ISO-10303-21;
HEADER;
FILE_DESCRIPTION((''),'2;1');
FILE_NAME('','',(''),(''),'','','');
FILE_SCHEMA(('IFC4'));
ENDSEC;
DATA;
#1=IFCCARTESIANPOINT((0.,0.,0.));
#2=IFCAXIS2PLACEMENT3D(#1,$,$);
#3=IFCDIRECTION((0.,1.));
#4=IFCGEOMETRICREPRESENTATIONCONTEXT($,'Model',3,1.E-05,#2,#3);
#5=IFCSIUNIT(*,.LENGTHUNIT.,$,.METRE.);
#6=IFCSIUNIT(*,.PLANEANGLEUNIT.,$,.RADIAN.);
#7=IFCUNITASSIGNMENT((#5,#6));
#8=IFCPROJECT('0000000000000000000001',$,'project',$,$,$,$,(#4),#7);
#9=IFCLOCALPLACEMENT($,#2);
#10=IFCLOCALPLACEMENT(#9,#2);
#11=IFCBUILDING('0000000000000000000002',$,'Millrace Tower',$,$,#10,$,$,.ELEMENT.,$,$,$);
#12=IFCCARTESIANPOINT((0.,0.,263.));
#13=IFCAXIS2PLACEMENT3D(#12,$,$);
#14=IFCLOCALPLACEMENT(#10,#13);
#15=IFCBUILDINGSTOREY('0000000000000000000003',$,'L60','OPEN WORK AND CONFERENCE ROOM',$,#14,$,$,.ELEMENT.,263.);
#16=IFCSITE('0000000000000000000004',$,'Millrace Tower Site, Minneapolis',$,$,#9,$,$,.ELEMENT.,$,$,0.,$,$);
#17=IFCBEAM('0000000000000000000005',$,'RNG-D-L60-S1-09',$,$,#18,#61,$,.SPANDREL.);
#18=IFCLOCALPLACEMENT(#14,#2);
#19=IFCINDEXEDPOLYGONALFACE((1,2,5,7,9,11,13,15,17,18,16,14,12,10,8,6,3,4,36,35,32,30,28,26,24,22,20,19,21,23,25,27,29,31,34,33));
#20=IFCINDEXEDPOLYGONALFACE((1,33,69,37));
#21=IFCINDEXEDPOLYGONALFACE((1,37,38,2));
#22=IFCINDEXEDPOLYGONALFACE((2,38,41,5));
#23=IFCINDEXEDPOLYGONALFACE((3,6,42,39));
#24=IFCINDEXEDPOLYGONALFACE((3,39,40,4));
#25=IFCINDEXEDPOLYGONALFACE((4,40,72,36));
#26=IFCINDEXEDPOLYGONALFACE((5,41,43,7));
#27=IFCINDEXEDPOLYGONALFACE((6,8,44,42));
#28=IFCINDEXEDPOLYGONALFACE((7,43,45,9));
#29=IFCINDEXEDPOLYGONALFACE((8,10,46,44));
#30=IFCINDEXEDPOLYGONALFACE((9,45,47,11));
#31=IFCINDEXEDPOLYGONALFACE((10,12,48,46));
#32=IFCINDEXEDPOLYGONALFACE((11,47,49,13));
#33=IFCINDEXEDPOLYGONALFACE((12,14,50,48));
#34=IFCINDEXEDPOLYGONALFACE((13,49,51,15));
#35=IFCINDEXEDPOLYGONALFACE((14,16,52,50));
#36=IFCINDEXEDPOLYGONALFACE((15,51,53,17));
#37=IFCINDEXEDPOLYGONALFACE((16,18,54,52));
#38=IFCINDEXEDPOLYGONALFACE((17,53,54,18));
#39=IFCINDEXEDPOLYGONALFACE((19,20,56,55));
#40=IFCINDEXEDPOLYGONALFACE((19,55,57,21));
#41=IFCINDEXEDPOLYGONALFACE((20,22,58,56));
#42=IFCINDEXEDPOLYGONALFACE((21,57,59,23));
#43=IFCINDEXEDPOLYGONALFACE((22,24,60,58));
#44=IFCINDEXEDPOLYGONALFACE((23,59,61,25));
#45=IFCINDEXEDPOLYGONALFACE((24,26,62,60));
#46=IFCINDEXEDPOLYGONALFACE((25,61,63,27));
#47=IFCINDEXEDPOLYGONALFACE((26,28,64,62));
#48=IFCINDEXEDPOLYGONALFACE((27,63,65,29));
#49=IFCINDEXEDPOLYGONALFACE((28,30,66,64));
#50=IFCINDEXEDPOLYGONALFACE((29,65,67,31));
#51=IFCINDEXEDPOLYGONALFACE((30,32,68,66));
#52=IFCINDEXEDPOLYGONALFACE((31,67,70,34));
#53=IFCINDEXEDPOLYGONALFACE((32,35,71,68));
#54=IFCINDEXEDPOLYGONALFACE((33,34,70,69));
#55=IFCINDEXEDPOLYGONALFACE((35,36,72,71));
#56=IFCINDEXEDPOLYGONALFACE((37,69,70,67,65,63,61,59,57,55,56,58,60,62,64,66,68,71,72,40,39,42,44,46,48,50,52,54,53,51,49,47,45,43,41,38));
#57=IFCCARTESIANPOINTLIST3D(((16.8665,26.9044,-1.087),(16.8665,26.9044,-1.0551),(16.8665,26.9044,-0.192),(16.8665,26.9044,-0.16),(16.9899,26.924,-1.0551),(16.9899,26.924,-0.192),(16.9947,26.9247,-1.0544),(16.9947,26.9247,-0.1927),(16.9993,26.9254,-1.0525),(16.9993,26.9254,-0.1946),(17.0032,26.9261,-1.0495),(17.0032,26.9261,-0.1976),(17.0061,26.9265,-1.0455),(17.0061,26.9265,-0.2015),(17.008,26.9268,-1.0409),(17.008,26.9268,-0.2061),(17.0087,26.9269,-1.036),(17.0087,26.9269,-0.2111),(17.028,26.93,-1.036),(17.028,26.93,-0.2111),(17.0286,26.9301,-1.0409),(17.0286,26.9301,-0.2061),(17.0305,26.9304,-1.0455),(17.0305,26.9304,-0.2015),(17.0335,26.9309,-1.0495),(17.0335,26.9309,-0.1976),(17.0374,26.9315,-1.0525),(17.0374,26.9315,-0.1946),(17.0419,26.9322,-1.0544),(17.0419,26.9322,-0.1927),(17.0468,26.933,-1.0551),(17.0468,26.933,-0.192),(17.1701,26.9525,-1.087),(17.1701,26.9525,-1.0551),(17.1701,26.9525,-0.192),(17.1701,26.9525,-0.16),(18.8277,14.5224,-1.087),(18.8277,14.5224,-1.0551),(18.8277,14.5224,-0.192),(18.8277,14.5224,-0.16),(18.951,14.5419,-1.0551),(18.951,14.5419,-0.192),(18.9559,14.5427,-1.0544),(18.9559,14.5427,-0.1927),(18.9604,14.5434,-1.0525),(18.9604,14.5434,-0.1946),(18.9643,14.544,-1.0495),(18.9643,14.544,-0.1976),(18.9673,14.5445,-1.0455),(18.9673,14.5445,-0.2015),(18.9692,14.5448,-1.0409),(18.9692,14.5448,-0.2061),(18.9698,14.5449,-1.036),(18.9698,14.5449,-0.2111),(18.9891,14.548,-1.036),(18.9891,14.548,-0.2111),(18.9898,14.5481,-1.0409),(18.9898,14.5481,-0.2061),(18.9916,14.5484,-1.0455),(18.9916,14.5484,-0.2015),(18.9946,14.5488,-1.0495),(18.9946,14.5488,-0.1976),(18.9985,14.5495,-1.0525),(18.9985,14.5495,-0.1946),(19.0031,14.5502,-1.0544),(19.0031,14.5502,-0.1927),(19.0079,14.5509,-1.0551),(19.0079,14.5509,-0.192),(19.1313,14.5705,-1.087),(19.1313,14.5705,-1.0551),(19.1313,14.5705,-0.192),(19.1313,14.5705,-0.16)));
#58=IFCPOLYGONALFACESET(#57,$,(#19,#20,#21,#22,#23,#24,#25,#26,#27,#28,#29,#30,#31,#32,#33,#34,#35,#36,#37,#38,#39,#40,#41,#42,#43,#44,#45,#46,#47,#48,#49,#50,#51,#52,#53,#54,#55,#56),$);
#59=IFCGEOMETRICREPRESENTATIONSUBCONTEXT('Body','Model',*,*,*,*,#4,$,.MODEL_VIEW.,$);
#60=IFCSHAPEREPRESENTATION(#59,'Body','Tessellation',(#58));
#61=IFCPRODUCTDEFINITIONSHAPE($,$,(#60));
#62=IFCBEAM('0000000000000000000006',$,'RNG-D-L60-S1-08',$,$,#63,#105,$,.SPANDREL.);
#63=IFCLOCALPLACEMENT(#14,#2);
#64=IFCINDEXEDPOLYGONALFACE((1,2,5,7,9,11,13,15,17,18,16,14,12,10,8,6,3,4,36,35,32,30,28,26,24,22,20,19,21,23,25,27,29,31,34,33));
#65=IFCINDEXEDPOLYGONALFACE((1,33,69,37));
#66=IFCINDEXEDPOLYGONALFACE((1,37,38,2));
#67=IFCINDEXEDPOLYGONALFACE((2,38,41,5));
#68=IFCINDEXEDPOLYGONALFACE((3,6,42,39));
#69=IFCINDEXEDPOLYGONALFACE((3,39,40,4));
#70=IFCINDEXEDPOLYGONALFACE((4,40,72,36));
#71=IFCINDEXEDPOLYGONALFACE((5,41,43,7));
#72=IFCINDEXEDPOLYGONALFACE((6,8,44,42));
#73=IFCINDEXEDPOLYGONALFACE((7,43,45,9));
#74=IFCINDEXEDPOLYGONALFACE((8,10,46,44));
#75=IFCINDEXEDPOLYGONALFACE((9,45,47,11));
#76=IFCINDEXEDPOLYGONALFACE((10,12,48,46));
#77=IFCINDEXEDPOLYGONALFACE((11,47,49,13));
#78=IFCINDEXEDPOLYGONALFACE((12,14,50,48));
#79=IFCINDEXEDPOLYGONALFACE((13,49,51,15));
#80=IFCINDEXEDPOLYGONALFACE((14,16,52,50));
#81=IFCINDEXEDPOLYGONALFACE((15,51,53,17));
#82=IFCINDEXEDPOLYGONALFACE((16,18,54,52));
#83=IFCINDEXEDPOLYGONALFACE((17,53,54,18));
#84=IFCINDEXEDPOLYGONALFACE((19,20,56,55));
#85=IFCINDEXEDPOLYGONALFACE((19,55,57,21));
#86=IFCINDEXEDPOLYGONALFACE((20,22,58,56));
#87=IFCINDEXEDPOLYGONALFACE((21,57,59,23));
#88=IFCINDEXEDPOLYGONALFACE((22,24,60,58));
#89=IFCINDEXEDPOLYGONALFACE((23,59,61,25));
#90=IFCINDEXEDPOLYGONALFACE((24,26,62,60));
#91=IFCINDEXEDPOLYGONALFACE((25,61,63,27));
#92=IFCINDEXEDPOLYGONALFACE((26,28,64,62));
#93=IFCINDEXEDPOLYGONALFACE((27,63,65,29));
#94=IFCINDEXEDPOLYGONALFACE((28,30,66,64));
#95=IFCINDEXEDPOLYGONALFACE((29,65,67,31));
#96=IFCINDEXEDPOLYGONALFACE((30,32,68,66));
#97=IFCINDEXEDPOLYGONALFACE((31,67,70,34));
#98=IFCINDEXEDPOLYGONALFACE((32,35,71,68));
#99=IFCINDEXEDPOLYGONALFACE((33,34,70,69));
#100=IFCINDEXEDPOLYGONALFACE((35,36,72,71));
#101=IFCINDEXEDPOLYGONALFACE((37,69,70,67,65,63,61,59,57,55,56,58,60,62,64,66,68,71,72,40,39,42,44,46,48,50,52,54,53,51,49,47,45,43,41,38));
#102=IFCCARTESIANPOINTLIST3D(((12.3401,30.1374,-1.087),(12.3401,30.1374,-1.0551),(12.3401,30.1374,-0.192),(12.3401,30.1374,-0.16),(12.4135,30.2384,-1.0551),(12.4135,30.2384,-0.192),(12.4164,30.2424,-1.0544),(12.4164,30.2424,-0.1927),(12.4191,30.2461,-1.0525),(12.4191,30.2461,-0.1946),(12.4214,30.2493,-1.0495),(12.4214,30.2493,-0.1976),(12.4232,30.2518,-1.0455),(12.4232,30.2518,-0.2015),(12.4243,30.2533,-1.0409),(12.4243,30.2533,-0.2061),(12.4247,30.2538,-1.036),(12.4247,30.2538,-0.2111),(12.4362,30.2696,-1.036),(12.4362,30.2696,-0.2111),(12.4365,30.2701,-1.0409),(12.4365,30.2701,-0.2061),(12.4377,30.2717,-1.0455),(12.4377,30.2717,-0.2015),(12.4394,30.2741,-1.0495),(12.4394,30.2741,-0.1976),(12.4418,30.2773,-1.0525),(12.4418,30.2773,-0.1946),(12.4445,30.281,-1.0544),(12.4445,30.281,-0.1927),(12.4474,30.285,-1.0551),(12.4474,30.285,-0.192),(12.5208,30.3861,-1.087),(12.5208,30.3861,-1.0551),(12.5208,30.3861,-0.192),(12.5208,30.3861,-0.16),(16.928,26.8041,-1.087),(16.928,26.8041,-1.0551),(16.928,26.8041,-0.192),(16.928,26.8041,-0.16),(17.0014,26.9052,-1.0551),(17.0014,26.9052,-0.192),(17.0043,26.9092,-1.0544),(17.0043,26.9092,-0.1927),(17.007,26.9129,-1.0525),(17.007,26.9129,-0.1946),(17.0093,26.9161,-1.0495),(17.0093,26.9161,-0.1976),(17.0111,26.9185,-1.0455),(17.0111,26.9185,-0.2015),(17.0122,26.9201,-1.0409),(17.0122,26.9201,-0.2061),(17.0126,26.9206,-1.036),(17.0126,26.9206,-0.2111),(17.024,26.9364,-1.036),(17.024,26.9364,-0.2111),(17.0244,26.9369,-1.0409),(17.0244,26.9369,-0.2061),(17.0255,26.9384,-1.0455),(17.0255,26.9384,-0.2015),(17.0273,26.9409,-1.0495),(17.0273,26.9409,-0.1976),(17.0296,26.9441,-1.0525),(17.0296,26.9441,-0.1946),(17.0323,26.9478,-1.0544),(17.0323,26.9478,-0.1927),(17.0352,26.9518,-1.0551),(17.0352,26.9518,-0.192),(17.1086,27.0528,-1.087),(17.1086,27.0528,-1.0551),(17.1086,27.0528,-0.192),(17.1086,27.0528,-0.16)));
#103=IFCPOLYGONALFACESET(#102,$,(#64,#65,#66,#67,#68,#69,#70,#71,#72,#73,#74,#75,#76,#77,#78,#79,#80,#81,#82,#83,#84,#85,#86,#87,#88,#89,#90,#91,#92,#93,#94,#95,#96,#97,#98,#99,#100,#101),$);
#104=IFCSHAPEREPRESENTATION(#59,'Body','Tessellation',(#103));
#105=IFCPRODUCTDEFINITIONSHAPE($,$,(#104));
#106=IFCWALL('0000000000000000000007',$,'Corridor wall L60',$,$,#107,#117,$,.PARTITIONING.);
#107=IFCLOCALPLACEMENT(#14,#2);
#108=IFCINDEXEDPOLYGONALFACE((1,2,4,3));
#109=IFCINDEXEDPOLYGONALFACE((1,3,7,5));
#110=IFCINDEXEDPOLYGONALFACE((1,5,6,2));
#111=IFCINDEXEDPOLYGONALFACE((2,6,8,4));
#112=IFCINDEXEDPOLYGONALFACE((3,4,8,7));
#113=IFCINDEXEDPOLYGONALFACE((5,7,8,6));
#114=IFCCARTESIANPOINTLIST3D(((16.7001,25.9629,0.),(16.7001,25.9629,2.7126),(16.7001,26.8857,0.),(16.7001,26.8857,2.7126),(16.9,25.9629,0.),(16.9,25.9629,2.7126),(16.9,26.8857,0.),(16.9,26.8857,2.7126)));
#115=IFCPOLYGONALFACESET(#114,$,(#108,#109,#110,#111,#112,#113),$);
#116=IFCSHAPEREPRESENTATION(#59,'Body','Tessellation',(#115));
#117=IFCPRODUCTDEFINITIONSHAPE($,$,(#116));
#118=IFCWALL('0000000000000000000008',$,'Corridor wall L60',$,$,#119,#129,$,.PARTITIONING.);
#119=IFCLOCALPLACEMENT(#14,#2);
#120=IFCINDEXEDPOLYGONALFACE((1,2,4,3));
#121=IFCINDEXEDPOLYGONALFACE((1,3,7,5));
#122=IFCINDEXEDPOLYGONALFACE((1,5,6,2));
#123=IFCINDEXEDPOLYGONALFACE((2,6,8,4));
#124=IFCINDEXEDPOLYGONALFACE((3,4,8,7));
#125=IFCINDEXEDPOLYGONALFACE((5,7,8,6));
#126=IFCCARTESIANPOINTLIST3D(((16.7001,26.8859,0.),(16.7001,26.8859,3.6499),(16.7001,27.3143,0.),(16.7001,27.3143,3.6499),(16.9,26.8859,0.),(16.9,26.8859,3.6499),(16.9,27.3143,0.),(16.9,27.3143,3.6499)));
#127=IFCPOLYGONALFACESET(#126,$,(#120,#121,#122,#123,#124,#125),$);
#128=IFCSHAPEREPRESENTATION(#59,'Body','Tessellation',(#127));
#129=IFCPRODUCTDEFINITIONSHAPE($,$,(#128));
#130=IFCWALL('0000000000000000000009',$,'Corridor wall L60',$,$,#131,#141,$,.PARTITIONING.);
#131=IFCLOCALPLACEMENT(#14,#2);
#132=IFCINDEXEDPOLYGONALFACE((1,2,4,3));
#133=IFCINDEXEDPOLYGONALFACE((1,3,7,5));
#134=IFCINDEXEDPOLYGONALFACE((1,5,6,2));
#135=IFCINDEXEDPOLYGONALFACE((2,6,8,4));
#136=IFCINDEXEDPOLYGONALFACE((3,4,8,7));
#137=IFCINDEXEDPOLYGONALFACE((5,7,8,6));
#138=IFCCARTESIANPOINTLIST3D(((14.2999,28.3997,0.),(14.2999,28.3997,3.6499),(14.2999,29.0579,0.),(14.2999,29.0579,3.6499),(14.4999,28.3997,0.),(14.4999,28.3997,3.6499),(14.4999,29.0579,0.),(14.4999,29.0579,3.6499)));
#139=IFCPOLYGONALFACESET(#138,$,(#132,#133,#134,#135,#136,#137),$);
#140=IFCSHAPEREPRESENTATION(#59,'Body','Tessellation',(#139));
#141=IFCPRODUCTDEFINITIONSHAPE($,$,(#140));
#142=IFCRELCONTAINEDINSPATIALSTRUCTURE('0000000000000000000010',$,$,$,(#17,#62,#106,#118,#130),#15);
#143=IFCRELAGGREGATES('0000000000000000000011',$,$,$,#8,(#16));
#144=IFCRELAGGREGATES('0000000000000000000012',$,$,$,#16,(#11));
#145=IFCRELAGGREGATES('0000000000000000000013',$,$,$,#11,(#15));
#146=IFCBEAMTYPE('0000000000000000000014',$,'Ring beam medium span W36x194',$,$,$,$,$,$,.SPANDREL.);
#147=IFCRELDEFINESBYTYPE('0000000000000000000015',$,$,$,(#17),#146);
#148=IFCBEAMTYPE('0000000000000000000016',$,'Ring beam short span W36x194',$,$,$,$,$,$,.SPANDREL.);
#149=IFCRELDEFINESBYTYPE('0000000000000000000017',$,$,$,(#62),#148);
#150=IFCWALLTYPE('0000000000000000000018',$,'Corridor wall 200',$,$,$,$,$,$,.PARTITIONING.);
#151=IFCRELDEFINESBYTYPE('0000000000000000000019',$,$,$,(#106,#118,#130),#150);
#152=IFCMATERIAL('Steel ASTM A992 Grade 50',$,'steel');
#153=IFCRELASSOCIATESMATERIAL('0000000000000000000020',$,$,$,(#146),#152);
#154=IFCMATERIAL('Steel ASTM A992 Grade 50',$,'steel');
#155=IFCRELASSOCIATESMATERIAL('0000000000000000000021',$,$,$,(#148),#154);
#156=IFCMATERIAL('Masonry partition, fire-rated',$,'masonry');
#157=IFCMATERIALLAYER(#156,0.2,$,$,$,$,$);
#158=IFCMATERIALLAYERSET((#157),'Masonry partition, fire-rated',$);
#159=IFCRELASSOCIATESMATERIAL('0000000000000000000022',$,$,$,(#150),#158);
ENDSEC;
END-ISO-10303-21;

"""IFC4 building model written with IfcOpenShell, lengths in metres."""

from ifc_helpers import new_model, si_unit, direction, frame, frame_2d, origin, origin_2d, place, context, subcontext, project, spatial, rectangle, i_section, extrude, material, layer, layer_set, material_profile, profile_set, type_object, element, save


model = new_model("IFC4")

# Units and contexts
model_context = context("Model", 3, precision=1e-05, world=origin(), true_north=direction((0.0, 1.0)))
body_context = subcontext(model_context, "Body", "Model", "MODEL_VIEW")
ifc_project = project(units=[si_unit("LENGTHUNIT", "METRE"), si_unit("PLANEANGLEUNIT", "RADIAN")], contexts=[model_context])

# Site, building, storey
site_placement = place(None, origin())
site = spatial("IfcSite", under=ifc_project, at=site_placement, Name="Millrace Tower Site, Minneapolis", CompositionType="ELEMENT", RefElevation=0.0)
building_placement = place(site_placement, origin())
building = spatial("IfcBuilding", under=site, at=building_placement, Name="Millrace Tower", CompositionType="ELEMENT")
storey_placement = place(building_placement, frame((0.0, 0.0, 263.0)))
storey = spatial("IfcBuildingStorey", under=building, at=storey_placement, Name="L60", Description="OPEN WORK AND CONFERENCE ROOM", CompositionType="ELEMENT", Elevation=263.0)

# Beams
ifc_material_1 = material(Name="Steel ASTM A992 Grade 50", Category="steel")
ifc_material_profile_1 = material_profile(ifc_material_1, i_section(OverallWidth=0.3074, OverallDepth=0.927, WebThickness=0.0195, FlangeThickness=0.032, FilletRadius=0.019, at=origin_2d()))
ifc_profile_set_1 = profile_set([ifc_material_profile_1], Name="Steel ASTM A992 Grade 50")
beam_type_1 = type_object("IfcBeamType", Name="Ring beam medium span W36x194", PredefinedType="SPANDREL", material=ifc_profile_set_1)
beam_1_placement = place(storey_placement, frame((17.0183, 26.9285, -0.6235), z_axis=(0.156439, -0.987688, 0.0), x_axis=(0.987688, 0.156439, 0.0)))
element("IfcBeam", 1, at=beam_1_placement, inside=storey, type_object=beam_type_1, Name="RNG-D-L60-S1-09", PredefinedType="SPANDREL", context=body_context, shape_type="SweptSolid", body=[
    extrude(i_section(OverallWidth=0.3074, OverallDepth=0.927, WebThickness=0.0195, FlangeThickness=0.032, FilletRadius=0.019, at=origin_2d()), origin(), (0.0, 0.0, 1.0), 12.5364),
])
ifc_material_2 = material(Name="Steel ASTM A992 Grade 50", Category="steel")
ifc_material_profile_2 = material_profile(ifc_material_2, i_section(OverallWidth=0.3074, OverallDepth=0.927, WebThickness=0.0195, FlangeThickness=0.032, FilletRadius=0.019, at=origin_2d()))
ifc_profile_set_2 = profile_set([ifc_material_profile_2], Name="Steel ASTM A992 Grade 50")
beam_type_2 = type_object("IfcBeamType", Name="Ring beam short span W36x194", PredefinedType="SPANDREL", material=ifc_profile_set_2)
beam_2_placement = place(storey_placement, frame((12.4304, 30.2617, -0.6235), z_axis=(0.809021, -0.58778, 0.0), x_axis=(0.58778, 0.809021, 0.0)))
element("IfcBeam", 2, at=beam_2_placement, inside=storey, type_object=beam_type_2, Name="RNG-D-L60-S1-08", PredefinedType="SPANDREL", context=body_context, shape_type="SweptSolid", body=[
    extrude(i_section(OverallWidth=0.3074, OverallDepth=0.927, WebThickness=0.0195, FlangeThickness=0.032, FilletRadius=0.019, at=origin_2d()), origin(), (0.0, 0.0, 1.0), 5.6709),
])

# Walls
ifc_material_3 = material(Name="Masonry partition, fire-rated", Category="masonry")
ifc_layer_1 = layer(ifc_material_3, 0.2)
ifc_layer_set_1 = layer_set([ifc_layer_1], Name="Masonry partition, fire-rated")
wall_type = type_object("IfcWallType", Name="Corridor wall 200", PredefinedType="PARTITIONING", material=ifc_layer_set_1)
wall_1_placement = place(storey_placement, frame((16.8, 25.9629, 0.0), z_axis=(0.0, 0.0, 1.0), x_axis=(0.0, 1.0, 0.0)))
element("IfcWall", 3, at=wall_1_placement, inside=storey, type_object=wall_type, Name="Corridor wall L60", PredefinedType="PARTITIONING", context=body_context, shape_type="SweptSolid", body=[
    extrude(rectangle(XDim=0.9229, YDim=0.2, at=frame_2d((0.4614, 0.0))), origin(), (0.0, 0.0, 1.0), 2.7126),
])
wall_2_placement = place(storey_placement, frame((16.8, 26.8857, 0.0), z_axis=(0.0, 0.0, 1.0), x_axis=(0.0, 1.0, 0.0)))
element("IfcWall", 4, at=wall_2_placement, inside=storey, type_object=wall_type, Name="Corridor wall L60", PredefinedType="PARTITIONING", context=body_context, shape_type="SweptSolid", body=[
    extrude(rectangle(XDim=0.4285, YDim=0.2, at=frame_2d((0.2144, 0.0))), origin(), (0.0, 0.0, 1.0), 3.6499),
])
wall_3_placement = place(storey_placement, frame((14.3999, 28.3997, 0.0), z_axis=(0.0, 0.0, 1.0), x_axis=(0.0, 1.0, 0.0)))
element("IfcWall", 5, at=wall_3_placement, inside=storey, type_object=wall_type, Name="Corridor wall L60", PredefinedType="PARTITIONING", context=body_context, shape_type="SweptSolid", body=[
    extrude(rectangle(XDim=0.6582, YDim=0.2, at=frame_2d((0.3291, 0.0))), origin(), (0.0, 0.0, 1.0), 3.6499),
])

save(model, "model.ifc")
